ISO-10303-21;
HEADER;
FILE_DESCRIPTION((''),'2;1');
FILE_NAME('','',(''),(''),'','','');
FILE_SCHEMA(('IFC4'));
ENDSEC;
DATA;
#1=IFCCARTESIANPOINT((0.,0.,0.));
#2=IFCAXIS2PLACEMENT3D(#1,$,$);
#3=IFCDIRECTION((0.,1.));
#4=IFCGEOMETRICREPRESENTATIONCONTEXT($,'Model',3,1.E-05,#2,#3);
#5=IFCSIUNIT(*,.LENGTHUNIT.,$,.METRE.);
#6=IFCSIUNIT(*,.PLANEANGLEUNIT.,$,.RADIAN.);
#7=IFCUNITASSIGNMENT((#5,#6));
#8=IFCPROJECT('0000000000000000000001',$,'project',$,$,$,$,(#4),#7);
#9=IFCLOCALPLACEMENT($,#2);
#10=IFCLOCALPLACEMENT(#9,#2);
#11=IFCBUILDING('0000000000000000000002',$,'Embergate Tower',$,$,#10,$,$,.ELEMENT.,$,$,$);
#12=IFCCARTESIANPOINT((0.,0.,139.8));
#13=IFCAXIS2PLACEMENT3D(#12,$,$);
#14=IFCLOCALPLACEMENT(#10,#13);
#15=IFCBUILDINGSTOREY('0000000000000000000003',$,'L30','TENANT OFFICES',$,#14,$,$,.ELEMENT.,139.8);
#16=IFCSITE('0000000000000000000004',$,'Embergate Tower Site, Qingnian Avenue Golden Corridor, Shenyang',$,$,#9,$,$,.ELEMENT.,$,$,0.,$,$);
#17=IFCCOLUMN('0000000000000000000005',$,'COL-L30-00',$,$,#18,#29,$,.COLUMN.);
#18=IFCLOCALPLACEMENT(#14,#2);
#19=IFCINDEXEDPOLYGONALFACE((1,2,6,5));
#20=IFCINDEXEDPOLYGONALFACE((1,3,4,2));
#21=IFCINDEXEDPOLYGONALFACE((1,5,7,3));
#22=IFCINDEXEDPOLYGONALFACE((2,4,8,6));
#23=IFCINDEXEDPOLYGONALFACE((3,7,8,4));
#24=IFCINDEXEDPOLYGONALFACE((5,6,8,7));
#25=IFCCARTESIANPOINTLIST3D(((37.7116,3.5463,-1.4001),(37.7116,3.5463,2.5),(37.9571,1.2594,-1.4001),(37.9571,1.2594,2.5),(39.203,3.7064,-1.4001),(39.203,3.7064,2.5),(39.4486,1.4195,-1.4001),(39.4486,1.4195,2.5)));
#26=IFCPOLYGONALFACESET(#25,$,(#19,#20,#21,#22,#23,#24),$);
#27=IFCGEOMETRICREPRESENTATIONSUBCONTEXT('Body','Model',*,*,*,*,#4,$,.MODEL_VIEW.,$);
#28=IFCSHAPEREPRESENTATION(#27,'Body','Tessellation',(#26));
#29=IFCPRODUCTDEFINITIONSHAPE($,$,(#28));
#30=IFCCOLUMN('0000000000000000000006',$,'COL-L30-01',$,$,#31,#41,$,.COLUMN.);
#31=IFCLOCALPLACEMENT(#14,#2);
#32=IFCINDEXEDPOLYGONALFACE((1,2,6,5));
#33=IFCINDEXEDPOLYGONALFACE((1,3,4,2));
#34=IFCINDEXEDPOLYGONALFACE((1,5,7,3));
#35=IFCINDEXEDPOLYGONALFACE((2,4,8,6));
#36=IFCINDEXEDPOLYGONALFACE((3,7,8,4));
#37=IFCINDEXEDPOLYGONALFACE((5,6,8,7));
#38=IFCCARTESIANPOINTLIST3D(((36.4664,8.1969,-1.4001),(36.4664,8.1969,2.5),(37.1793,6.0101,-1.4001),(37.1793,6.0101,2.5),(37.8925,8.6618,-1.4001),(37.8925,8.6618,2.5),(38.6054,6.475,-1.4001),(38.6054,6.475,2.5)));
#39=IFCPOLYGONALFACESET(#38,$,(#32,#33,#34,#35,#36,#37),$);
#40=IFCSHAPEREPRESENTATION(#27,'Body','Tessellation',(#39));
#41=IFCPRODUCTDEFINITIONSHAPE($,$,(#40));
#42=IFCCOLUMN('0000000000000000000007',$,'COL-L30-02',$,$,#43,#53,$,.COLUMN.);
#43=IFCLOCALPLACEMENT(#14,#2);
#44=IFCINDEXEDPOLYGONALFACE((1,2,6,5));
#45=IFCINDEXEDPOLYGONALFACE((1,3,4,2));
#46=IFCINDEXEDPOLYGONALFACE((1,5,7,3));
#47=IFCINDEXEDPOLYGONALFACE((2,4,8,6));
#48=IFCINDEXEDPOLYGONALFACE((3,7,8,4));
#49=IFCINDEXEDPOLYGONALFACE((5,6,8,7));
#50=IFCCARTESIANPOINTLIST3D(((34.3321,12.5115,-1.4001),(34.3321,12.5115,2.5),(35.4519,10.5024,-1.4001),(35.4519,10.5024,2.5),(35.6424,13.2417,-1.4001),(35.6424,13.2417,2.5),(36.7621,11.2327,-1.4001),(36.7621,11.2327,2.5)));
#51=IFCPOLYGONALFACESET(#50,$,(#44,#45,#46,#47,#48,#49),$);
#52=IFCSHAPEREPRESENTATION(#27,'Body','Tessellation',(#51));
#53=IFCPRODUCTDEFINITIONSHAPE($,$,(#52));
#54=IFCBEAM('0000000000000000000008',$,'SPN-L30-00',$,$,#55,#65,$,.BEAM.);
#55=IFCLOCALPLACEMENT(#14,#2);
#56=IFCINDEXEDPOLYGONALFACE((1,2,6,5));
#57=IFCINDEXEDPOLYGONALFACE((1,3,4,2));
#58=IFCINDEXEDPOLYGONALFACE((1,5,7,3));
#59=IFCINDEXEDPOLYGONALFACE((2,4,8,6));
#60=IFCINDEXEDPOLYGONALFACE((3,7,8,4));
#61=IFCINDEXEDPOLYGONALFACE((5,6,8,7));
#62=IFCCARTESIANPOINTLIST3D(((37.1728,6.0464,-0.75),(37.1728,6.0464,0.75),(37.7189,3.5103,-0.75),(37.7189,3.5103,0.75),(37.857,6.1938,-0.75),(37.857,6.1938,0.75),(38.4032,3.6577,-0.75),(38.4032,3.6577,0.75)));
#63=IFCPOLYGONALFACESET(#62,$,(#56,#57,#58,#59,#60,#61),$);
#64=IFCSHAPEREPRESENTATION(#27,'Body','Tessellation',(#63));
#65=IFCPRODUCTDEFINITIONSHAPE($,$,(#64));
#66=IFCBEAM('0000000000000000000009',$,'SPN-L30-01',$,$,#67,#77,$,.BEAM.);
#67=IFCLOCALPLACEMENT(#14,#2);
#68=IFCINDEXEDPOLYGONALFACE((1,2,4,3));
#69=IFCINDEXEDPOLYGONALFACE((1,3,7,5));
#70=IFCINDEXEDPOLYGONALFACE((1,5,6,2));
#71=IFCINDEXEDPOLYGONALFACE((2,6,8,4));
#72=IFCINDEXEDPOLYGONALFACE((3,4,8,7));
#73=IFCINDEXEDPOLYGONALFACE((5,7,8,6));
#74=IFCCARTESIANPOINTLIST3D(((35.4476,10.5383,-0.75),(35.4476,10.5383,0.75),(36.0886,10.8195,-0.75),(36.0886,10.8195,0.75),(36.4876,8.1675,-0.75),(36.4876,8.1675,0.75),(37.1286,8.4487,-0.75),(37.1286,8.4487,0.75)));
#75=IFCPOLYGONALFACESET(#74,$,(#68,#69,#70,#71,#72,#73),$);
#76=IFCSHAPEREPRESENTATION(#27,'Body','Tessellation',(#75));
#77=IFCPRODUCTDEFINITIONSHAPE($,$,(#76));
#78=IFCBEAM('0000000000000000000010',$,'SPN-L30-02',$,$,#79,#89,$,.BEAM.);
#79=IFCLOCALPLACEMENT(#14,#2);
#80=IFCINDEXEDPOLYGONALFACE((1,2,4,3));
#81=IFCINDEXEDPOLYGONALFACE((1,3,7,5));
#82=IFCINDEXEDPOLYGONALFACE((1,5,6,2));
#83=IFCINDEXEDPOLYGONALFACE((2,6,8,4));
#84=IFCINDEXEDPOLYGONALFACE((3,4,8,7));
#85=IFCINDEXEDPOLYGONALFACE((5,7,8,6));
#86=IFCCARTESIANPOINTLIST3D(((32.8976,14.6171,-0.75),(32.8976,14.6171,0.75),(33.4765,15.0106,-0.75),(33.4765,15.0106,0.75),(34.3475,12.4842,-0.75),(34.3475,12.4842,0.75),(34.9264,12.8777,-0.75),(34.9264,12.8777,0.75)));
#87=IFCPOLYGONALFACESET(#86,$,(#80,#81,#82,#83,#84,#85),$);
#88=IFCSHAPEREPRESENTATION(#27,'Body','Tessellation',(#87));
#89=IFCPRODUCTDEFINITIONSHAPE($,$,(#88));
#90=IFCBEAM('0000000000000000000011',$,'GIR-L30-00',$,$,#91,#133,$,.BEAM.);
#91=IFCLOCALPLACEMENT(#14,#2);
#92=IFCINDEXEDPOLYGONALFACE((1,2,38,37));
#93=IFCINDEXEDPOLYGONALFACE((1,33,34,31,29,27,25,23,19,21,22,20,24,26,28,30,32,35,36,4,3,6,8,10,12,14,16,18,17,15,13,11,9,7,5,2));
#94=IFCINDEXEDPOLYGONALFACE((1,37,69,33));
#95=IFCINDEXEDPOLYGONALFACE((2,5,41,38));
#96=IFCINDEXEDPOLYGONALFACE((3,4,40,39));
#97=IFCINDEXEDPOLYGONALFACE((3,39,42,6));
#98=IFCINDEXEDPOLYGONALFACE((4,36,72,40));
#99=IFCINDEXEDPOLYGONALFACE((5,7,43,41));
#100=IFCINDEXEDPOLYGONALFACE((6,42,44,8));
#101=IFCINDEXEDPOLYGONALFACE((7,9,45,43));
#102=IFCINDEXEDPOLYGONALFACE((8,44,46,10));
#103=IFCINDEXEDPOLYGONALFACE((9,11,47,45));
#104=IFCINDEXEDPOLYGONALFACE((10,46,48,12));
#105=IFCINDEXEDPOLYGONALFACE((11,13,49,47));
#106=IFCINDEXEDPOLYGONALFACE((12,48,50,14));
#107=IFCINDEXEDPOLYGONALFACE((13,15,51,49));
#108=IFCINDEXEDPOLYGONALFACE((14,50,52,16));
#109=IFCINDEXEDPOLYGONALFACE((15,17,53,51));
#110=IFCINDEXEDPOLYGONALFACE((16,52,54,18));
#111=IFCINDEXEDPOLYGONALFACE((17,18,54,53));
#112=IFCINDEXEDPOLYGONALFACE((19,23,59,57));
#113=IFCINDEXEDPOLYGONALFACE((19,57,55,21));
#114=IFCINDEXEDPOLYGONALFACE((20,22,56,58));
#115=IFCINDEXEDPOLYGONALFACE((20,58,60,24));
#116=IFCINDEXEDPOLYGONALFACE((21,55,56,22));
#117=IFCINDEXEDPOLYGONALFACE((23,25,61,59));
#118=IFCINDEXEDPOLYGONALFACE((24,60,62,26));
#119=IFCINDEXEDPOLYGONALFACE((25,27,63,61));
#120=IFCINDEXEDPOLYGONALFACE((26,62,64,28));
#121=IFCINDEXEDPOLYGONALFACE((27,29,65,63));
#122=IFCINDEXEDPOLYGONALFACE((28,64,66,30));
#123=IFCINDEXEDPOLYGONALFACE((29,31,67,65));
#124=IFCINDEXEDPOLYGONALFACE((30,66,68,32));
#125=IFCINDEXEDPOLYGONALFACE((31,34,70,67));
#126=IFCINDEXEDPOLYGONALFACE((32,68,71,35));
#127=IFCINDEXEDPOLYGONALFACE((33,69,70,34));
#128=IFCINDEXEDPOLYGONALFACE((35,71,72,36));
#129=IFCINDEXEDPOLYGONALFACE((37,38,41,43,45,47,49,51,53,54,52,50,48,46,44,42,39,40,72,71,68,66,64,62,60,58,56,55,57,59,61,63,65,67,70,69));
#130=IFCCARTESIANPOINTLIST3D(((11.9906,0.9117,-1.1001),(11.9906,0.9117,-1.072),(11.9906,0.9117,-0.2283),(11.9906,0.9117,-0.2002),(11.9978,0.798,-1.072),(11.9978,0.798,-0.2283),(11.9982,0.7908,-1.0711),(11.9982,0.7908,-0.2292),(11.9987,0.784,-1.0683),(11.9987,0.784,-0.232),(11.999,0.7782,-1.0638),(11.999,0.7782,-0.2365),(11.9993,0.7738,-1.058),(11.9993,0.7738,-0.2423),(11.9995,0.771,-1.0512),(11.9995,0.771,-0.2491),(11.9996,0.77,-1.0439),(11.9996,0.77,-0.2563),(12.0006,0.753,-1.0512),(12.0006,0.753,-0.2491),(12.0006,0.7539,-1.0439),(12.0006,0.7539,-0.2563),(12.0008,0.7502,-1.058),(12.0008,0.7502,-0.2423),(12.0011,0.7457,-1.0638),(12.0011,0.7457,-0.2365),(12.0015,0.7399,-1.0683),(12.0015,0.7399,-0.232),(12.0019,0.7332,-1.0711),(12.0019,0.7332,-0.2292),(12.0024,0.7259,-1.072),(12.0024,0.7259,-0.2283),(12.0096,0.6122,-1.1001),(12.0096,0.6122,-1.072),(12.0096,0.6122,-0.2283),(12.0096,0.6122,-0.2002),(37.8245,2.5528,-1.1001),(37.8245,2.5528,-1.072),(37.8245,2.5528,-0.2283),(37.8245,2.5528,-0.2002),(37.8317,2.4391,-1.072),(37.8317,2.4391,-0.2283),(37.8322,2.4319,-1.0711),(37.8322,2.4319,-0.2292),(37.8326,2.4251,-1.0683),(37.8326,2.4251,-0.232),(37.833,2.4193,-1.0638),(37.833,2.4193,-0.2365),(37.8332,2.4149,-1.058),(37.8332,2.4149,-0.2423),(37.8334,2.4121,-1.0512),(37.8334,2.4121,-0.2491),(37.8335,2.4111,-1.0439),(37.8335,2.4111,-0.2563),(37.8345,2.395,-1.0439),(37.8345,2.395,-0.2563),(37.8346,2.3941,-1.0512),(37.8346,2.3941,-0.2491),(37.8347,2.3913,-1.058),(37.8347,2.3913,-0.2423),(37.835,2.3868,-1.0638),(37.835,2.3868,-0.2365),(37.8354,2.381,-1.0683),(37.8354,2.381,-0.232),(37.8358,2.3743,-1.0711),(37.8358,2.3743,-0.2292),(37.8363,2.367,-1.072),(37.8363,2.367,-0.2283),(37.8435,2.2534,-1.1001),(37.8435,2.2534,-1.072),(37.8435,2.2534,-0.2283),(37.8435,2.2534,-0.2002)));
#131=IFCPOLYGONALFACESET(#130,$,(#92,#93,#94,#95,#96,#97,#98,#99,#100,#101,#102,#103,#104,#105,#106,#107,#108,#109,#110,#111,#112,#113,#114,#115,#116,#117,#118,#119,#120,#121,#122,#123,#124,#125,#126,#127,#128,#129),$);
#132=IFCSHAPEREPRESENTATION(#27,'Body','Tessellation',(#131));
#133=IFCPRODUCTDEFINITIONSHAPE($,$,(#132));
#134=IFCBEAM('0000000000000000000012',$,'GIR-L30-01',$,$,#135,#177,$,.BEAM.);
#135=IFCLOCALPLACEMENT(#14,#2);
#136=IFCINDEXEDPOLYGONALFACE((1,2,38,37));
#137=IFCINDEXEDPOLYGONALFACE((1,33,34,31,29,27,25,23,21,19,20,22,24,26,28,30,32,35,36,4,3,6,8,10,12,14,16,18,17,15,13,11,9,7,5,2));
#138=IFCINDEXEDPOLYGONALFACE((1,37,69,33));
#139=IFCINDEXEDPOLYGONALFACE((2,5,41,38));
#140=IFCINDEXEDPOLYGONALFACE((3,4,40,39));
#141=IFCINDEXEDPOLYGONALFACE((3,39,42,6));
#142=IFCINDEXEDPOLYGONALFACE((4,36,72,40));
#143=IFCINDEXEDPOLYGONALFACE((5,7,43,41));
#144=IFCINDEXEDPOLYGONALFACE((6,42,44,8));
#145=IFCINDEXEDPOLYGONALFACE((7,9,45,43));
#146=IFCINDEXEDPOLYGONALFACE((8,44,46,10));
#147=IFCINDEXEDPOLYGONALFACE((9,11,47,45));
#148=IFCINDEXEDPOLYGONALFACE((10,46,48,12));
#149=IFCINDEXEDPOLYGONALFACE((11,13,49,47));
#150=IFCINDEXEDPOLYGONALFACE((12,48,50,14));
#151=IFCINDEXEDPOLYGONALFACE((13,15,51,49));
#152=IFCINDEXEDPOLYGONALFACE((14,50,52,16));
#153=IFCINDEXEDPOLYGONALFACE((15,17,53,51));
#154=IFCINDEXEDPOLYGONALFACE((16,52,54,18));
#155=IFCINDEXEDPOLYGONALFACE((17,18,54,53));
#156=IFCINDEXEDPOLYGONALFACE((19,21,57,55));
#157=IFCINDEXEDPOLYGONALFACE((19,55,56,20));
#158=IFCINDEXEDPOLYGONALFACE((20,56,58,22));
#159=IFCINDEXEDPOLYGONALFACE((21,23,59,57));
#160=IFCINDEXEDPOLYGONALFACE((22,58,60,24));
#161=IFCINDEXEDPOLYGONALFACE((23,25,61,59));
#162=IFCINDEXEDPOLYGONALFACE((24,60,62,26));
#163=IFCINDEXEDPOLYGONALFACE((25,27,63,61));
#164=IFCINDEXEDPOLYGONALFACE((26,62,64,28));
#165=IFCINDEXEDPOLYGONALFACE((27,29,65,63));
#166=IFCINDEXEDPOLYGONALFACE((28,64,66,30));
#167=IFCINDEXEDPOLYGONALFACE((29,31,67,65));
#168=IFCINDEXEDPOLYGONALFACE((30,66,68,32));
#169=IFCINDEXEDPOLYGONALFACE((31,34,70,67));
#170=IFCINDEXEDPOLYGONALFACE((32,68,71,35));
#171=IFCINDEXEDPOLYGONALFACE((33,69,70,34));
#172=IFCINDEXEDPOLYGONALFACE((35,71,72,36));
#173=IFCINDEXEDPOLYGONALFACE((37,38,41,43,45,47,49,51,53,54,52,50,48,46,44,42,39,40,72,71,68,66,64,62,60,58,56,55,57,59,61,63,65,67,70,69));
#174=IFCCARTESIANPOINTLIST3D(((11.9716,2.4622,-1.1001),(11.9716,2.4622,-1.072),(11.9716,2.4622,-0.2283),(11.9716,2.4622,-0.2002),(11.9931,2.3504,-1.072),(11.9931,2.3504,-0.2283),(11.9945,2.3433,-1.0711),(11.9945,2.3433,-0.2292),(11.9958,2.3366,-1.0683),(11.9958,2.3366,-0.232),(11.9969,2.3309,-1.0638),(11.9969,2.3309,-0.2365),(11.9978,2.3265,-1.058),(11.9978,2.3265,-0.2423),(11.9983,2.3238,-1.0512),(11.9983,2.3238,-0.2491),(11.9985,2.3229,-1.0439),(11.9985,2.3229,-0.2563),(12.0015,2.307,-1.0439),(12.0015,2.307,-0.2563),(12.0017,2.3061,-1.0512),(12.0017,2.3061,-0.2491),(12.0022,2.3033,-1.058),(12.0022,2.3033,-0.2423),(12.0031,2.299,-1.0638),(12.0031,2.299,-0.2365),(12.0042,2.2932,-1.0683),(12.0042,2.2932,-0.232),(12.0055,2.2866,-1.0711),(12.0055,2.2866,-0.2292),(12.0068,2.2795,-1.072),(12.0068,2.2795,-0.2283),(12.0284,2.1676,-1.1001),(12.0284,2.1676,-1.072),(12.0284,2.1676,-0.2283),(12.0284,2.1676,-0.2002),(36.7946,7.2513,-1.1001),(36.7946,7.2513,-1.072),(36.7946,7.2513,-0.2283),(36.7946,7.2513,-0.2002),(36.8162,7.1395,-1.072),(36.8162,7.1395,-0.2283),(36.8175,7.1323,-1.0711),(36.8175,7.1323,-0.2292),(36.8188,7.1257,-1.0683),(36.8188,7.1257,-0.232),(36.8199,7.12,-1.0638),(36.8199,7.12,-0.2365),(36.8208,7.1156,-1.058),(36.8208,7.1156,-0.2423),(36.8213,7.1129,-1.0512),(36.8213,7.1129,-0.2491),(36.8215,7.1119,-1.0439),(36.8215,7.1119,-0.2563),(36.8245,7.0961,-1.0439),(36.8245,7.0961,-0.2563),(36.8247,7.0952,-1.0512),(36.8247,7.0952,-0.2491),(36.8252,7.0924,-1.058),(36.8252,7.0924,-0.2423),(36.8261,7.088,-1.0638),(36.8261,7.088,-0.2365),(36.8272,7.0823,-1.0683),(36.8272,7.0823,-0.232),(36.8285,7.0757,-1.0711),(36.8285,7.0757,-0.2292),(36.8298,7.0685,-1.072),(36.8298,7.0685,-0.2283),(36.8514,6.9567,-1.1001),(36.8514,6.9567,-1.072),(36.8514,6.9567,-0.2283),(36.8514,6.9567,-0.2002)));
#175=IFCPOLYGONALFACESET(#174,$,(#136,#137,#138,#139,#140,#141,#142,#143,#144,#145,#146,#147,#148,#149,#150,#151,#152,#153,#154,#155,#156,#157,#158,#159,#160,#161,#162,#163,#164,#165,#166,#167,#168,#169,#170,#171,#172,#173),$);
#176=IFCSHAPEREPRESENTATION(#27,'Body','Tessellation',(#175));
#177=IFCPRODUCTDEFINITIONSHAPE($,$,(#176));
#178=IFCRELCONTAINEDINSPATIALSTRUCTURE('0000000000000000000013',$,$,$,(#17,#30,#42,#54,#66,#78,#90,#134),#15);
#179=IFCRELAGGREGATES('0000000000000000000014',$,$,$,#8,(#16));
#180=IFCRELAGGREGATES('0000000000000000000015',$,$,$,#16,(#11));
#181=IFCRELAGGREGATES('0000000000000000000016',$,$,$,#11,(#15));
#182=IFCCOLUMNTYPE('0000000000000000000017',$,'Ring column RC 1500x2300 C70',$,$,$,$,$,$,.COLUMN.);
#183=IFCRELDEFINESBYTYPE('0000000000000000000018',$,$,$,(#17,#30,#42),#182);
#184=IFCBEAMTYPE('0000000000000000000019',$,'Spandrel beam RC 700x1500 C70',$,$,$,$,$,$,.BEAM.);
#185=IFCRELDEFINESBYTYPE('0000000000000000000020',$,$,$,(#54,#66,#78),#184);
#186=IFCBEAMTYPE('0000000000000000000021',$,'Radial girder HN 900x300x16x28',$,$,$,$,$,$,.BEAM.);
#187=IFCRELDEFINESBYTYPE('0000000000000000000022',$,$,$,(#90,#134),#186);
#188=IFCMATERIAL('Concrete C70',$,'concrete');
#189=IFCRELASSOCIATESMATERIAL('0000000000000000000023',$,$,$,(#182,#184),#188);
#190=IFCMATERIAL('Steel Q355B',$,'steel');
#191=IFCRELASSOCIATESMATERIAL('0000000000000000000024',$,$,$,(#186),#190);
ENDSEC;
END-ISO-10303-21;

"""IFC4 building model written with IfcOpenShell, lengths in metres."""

from ifc_helpers import new_model, si_unit, direction, frame, origin, origin_2d, place, context, subcontext, project, spatial, rectangle, i_section, extrude, source, transform, mapped, material, material_profile, profile_set, type_object, element, save


model = new_model("IFC4")

# Units and contexts
model_context = context("Model", 3, precision=1e-05, world=origin(), true_north=direction((0.0, 1.0)))
body_context = subcontext(model_context, "Body", "Model", "MODEL_VIEW")
ifc_project = project(units=[si_unit("LENGTHUNIT", "METRE"), si_unit("PLANEANGLEUNIT", "RADIAN")], contexts=[model_context])

# Site, building, storey
site_placement = place(None, origin())
site = spatial("IfcSite", under=ifc_project, at=site_placement, Name="Embergate Tower Site, Qingnian Avenue Golden Corridor, Shenyang", CompositionType="ELEMENT", RefElevation=0.0)
building_placement = place(site_placement, origin())
building = spatial("IfcBuilding", under=site, at=building_placement, Name="Embergate Tower", CompositionType="ELEMENT")
storey_placement = place(building_placement, frame((0.0, 0.0, 139.8)))
storey = spatial("IfcBuildingStorey", under=building, at=storey_placement, Name="L30", Description="TENANT OFFICES", CompositionType="ELEMENT", Elevation=139.8)

# Columns
ifc_material_1 = material(Name="Concrete C70", Category="concrete")
ifc_material_profile_1 = material_profile(ifc_material_1, rectangle(XDim=1.5, YDim=2.3, at=origin_2d()), Name="RC 1500x2300")
ifc_profile_set_1 = profile_set([ifc_material_profile_1], Name="Concrete C70")
column_type = type_object("IfcColumnType", Name="Ring column RC 1500x2300 C70", PredefinedType="COLUMN", material=ifc_profile_set_1)
shared_shape_1 = source(origin(), body_context, "Body", "SweptSolid", [
    extrude(rectangle(XDim=1.5, YDim=2.3, at=origin_2d()), origin(), (0.0, 0.0, 1.0), 3.9001),
])
for number, where, z_axis, x_axis, name in (
    (1, (38.5801, 2.4829, -1.4001), (0.0, 0.0, 1.0), (0.994286, 0.10675, 0.0), "COL-L30-00"),
    (2, (37.5359, 7.3359, -1.4001), (0.0, 0.0, 1.0), (0.950754, 0.309946, 0.0), "COL-L30-01"),
    (3, (35.5471, 11.8721, -1.4001), (0.0, 0.0, 1.0), (0.873492, 0.486839, 0.0), "COL-L30-02"),
):
    element("IfcColumn", number, at=place(storey_placement, frame(where, z_axis=z_axis, x_axis=x_axis)), inside=storey, type_object=column_type, Name=name, PredefinedType="COLUMN", context=body_context, shape_type="MappedRepresentation", body=[
        mapped(shared_shape_1, transform((0.0, 0.0, 0.0))),
    ])

# Beams
ifc_material_profile_2 = material_profile(ifc_material_1, rectangle(XDim=0.7, YDim=1.5, at=origin_2d()), Name="RC 700x1500")
ifc_profile_set_2 = profile_set([ifc_material_profile_2], Name="Concrete C70")
beam_type_1 = type_object("IfcBeamType", Name="Spandrel beam RC 700x1500 C70", PredefinedType="BEAM", material=ifc_profile_set_2)
shared_shape_2 = source(origin(), body_context, "Body", "SweptSolid", [
    extrude(rectangle(XDim=0.7, YDim=1.5, at=origin_2d()), origin(), (0.0, 0.0, 1.0), 2.5942),
])
beam_1_placement = place(storey_placement, frame((38.061, 3.584, 0.0), z_axis=(-0.210519, 0.97759, 0.0), x_axis=(-0.97759, -0.210519, 0.0)))
element("IfcBeam", 4, at=beam_1_placement, inside=storey, type_object=beam_type_1, Name="SPN-L30-00", PredefinedType="BEAM", context=body_context, shape_type="MappedRepresentation", body=[
    mapped(shared_shape_2, transform((0.0, 0.0, 0.0))),
])
shared_shape_3 = source(origin(), body_context, "Body", "SweptSolid", [
    extrude(rectangle(XDim=0.7, YDim=1.5, at=origin_2d()), origin(), (0.0, 0.0, 1.0), 2.5889),
])
beam_2_placement = place(storey_placement, frame((36.8081, 8.3081, 0.0), z_axis=(-0.401724, 0.915761, 0.0), x_axis=(-0.915761, -0.401724, 0.0)))
element("IfcBeam", 5, at=beam_2_placement, inside=storey, type_object=beam_type_1, Name="SPN-L30-01", PredefinedType="BEAM", context=body_context, shape_type="MappedRepresentation", body=[
    mapped(shared_shape_3, transform((0.0, 0.0, 0.0))),
])
shared_shape_4 = source(origin(), body_context, "Body", "SweptSolid", [
    extrude(rectangle(XDim=0.7, YDim=1.5, at=origin_2d()), origin(), (0.0, 0.0, 1.0), 2.5791),
])
beam_3_placement = place(storey_placement, frame((34.637, 12.6809, 0.0), z_axis=(-0.56217, 0.827022, 0.0), x_axis=(-0.827022, -0.56217, 0.0)))
element("IfcBeam", 6, at=beam_3_placement, inside=storey, type_object=beam_type_1, Name="SPN-L30-02", PredefinedType="BEAM", context=body_context, shape_type="MappedRepresentation", body=[
    mapped(shared_shape_4, transform((0.0, 0.0, 0.0))),
])
ifc_material_2 = material(Name="Steel Q355B", Category="steel")
ifc_material_profile_3 = material_profile(ifc_material_2, i_section(OverallWidth=0.3, OverallDepth=0.8999, WebThickness=0.0161, FlangeThickness=0.0281, FilletRadius=0.0281, at=origin_2d()), Name="HN 900x300x16x28")
ifc_profile_set_3 = profile_set([ifc_material_profile_3], Name="Steel Q355 grade B")
beam_type_2 = type_object("IfcBeamType", Name="Radial girder HN 900x300x16x28", PredefinedType="BEAM", material=ifc_profile_set_3)
shared_shape_5 = source(origin(), body_context, "Body", "SweptSolid", [
    extrude(i_section(OverallWidth=0.3, OverallDepth=0.8999, WebThickness=0.0161, FlangeThickness=0.0281, FilletRadius=0.0281, at=origin_2d()), origin(), (0.0, 0.0, 1.0), 25.886),
])
beam_4_placement = place(storey_placement, frame((37.834, 2.4031, -0.6501), z_axis=(-0.997988, -0.063398, 0.0), x_axis=(0.063398, -0.997988, 0.0)))
element("IfcBeam", 7, at=beam_4_placement, inside=storey, type_object=beam_type_2, Name="GIR-L30-00", PredefinedType="BEAM", context=body_context, shape_type="MappedRepresentation", body=[
    mapped(shared_shape_5, transform((0.0, 0.0, 0.0))),
])
shared_shape_6 = source(origin(), body_context, "Body", "SweptSolid", [
    extrude(i_section(OverallWidth=0.3, OverallDepth=0.8999, WebThickness=0.0161, FlangeThickness=0.0281, FilletRadius=0.0281, at=origin_2d()), origin(), (0.0, 0.0, 1.0), 25.2808),
])
beam_5_placement = place(storey_placement, frame((36.823, 7.104, -0.6501), z_axis=(-0.981893, -0.189435, 0.0), x_axis=(0.189435, -0.981893, 0.0)))
element("IfcBeam", 8, at=beam_5_placement, inside=storey, type_object=beam_type_2, Name="GIR-L30-01", PredefinedType="BEAM", context=body_context, shape_type="MappedRepresentation", body=[
    mapped(shared_shape_6, transform((0.0, 0.0, 0.0))),
])

save(model, "model.ifc")
